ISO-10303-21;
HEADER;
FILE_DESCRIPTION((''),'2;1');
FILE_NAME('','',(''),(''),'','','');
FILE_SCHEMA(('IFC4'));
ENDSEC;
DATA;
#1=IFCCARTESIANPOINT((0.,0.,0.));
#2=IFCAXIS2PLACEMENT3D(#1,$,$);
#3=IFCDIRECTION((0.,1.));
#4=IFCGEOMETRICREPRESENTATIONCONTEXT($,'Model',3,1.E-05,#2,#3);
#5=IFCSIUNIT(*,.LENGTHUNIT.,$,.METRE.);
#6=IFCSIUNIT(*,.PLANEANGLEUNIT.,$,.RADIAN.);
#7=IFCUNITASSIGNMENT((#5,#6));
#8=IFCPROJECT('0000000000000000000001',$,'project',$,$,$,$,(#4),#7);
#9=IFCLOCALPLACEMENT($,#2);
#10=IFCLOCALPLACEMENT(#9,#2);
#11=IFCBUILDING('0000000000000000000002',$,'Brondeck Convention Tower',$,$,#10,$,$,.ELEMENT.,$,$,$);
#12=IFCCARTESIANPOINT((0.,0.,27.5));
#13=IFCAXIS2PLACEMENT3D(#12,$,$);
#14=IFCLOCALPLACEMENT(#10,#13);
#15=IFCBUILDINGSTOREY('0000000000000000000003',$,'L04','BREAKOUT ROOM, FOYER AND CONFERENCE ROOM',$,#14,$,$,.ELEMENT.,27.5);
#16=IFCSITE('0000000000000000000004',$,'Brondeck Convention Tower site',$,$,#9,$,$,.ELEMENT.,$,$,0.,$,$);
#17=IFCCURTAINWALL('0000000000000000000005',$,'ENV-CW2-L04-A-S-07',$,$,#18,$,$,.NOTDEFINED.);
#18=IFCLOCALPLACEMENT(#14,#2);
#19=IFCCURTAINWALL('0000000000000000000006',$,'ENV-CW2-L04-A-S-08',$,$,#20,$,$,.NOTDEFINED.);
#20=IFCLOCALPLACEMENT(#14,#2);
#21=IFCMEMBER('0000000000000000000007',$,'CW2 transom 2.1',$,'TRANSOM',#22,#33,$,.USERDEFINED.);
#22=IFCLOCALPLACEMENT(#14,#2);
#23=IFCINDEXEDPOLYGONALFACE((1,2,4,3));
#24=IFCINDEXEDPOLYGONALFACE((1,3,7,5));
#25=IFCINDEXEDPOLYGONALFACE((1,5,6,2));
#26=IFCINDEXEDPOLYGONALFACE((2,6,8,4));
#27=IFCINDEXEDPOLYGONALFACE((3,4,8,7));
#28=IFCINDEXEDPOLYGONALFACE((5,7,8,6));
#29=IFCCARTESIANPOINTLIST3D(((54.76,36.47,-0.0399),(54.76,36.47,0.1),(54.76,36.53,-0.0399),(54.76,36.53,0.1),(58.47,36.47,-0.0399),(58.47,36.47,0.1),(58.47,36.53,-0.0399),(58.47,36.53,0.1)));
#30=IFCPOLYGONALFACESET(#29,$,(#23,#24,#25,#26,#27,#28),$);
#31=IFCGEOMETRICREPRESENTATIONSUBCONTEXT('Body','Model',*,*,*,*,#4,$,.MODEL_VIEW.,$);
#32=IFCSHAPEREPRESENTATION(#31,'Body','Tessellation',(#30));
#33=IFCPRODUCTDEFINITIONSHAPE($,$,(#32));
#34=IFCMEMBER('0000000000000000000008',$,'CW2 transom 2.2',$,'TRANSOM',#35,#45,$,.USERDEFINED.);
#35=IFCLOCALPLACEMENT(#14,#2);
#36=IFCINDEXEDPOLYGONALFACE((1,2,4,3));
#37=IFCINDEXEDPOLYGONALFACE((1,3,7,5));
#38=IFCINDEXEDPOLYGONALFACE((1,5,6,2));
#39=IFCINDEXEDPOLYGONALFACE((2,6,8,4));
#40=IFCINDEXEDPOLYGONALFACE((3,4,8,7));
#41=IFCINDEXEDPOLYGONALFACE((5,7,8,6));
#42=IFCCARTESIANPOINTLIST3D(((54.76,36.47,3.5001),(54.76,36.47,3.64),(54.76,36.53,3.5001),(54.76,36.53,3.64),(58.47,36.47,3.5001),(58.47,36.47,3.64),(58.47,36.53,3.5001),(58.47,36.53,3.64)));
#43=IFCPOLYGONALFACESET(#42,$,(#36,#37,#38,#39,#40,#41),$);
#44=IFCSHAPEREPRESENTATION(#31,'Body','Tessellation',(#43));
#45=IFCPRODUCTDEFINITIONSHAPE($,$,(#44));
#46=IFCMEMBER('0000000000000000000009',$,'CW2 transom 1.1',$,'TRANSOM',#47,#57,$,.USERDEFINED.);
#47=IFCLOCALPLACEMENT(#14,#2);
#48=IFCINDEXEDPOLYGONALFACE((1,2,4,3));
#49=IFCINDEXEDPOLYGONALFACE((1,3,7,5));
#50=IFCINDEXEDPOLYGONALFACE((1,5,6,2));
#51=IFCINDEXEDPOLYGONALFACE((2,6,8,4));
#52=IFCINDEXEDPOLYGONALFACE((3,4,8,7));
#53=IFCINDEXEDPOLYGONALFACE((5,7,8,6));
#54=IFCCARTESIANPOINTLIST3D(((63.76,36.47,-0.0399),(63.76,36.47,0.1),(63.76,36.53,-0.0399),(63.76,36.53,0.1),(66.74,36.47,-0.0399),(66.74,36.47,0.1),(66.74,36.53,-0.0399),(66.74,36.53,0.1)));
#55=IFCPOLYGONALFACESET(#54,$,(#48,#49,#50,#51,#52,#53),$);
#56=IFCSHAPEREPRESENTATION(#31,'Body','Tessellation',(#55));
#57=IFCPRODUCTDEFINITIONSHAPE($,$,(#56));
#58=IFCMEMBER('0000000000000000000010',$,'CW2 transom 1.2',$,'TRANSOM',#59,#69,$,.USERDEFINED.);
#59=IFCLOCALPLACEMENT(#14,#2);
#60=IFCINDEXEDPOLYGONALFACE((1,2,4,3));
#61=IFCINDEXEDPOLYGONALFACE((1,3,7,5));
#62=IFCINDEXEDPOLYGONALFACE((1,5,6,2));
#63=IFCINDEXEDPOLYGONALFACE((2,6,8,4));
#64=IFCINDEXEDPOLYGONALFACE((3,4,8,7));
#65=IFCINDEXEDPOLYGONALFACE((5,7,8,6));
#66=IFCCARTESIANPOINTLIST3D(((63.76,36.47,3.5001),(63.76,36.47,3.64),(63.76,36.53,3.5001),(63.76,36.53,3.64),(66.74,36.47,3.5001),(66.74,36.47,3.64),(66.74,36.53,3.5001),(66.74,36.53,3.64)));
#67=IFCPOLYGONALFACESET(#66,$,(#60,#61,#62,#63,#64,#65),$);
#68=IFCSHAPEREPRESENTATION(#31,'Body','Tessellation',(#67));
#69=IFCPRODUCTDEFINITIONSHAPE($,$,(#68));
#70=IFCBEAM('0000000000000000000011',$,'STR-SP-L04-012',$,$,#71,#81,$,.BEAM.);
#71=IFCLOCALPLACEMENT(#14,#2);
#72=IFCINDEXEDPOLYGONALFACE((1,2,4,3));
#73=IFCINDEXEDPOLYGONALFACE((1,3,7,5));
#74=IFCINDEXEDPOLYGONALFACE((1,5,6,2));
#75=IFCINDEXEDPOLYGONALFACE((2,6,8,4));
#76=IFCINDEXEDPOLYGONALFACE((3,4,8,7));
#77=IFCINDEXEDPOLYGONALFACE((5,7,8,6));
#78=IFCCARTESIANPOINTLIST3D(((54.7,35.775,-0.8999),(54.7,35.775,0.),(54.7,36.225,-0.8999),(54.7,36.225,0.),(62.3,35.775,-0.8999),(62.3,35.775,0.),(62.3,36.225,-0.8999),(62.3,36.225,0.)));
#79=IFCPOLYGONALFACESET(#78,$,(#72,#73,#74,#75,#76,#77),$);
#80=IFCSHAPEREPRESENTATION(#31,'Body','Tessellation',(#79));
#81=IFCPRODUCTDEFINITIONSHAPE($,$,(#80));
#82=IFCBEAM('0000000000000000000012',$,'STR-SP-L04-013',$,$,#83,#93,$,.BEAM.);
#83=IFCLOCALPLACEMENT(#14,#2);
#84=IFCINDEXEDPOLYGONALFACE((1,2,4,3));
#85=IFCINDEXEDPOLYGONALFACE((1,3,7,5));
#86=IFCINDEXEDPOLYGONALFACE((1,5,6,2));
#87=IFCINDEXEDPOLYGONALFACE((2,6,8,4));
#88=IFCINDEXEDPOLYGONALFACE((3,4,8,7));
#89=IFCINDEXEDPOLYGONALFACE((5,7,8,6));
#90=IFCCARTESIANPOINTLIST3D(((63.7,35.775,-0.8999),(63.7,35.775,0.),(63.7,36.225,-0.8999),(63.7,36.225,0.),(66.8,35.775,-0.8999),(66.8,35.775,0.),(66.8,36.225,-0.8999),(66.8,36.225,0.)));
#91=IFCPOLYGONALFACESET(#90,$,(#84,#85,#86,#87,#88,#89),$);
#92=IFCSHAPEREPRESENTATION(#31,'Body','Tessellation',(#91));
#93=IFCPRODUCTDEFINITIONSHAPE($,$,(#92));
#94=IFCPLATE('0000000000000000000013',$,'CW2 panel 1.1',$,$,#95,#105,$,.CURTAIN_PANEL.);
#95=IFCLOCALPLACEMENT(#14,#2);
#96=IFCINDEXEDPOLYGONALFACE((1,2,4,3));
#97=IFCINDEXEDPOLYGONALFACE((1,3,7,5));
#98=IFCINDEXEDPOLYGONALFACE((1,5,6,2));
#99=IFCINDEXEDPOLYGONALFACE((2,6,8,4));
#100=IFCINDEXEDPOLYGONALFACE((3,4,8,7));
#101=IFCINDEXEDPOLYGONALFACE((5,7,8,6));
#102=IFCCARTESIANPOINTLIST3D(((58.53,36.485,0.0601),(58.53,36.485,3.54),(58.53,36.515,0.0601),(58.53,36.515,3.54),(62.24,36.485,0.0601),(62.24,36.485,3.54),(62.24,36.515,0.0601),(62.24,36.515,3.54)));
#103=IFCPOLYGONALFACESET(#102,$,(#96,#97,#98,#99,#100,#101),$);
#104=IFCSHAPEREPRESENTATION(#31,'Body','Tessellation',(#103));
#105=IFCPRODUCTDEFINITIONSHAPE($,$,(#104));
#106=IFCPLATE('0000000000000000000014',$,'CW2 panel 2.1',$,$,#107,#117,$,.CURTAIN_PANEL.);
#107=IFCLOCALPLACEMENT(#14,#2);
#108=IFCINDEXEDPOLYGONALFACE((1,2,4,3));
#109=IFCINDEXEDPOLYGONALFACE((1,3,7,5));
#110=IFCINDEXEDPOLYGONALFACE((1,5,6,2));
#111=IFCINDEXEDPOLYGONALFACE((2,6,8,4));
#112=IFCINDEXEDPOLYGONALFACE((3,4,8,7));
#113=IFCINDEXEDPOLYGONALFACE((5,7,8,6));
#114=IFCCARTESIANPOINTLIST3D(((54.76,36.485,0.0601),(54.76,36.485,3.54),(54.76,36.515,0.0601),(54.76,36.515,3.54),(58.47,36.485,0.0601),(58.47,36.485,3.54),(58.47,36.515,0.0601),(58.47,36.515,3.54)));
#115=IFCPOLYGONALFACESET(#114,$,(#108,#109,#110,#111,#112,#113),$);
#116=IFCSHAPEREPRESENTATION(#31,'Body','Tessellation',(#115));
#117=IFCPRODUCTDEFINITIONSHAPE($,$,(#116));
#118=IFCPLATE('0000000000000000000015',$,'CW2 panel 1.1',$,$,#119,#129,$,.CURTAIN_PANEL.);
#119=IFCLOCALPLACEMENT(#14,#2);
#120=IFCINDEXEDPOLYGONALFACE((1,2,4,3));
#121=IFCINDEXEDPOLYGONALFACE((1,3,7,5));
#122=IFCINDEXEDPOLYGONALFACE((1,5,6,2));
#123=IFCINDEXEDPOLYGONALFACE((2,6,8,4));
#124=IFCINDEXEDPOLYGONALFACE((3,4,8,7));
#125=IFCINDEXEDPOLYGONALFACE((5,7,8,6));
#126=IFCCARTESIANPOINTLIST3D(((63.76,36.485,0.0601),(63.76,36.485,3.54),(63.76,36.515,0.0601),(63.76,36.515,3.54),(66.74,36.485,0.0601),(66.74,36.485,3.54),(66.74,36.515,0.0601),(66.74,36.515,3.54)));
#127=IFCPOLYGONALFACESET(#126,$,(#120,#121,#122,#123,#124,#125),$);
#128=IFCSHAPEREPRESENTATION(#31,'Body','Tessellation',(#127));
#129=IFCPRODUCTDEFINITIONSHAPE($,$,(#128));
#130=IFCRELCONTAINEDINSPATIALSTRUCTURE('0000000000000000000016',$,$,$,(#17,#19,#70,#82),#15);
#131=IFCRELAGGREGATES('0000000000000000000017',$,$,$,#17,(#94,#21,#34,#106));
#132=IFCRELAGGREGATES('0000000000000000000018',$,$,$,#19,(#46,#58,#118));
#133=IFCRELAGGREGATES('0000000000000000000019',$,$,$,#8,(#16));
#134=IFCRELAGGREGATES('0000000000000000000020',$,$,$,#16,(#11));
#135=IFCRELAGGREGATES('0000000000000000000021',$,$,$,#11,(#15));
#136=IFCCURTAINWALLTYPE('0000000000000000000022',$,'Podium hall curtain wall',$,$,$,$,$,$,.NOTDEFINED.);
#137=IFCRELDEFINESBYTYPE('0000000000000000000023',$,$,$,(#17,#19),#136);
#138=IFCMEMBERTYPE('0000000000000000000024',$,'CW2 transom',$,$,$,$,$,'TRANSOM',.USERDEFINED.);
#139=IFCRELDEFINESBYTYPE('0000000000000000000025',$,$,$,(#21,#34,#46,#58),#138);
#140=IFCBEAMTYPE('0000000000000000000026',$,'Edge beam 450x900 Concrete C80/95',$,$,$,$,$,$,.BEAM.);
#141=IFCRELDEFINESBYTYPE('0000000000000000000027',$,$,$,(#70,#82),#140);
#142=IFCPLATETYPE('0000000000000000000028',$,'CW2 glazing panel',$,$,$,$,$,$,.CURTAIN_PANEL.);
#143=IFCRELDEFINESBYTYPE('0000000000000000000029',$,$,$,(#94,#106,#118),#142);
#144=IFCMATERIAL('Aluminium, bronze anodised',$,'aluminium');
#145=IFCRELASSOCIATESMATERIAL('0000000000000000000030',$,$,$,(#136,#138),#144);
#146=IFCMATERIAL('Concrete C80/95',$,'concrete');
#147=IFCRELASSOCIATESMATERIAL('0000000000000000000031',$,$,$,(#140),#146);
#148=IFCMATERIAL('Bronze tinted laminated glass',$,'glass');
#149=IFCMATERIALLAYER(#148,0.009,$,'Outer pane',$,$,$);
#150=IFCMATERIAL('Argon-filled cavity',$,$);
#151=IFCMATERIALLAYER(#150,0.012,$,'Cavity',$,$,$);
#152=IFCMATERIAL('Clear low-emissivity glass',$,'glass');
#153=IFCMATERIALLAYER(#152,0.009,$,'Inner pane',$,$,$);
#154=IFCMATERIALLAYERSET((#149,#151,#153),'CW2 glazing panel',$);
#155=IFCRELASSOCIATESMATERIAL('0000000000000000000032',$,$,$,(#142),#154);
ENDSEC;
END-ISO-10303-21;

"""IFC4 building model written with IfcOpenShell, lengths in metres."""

from ifc_helpers import new_model, si_unit, direction, frame, origin, origin_2d, place, context, subcontext, project, spatial, rectangle, extrude, material, layer, layer_set, material_profile, profile_set, type_object, element, aggregate, save


model = new_model("IFC4")

# Units and contexts
model_context = context("Model", 3, precision=1e-05, world=origin(), true_north=direction((0.0, 1.0)))
body_context = subcontext(model_context, "Body", "Model", "MODEL_VIEW")
ifc_project = project(units=[si_unit("LENGTHUNIT", "METRE"), si_unit("PLANEANGLEUNIT", "RADIAN")], contexts=[model_context])

# Site, building, storey
site_placement = place(None, origin())
site = spatial("IfcSite", under=ifc_project, at=site_placement, Name="Brondeck Convention Tower site", CompositionType="ELEMENT", RefElevation=0.0)
building_placement = place(site_placement, origin())
building = spatial("IfcBuilding", under=site, at=building_placement, Name="Brondeck Convention Tower", CompositionType="ELEMENT")
storey_placement = place(building_placement, frame((0.0, 0.0, 27.5)))
storey = spatial("IfcBuildingStorey", under=building, at=storey_placement, Name="L04", Description="BREAKOUT ROOM, FOYER AND CONFERENCE ROOM", CompositionType="ELEMENT", Elevation=27.5)

# Shared definitions
ifc_material_1 = material(Name="Concrete C80/95", Category="concrete")

# Shared definitions
ifc_material_2 = material(Name="Aluminium, bronze anodised", Category="aluminium")
curtain_wall_type = type_object("IfcCurtainWallType", Name="Podium hall curtain wall", PredefinedType="NOTDEFINED", material=ifc_material_2)

# Curtain walls
curtain_wall_1_placement = place(storey_placement, origin())
curtain_wall_1 = element("IfcCurtainWall", 1, at=curtain_wall_1_placement, inside=storey, type_object=curtain_wall_type, Name="ENV-CW2-L04-A-S-07", PredefinedType="NOTDEFINED")
curtain_wall_2_placement = place(storey_placement, origin())
curtain_wall_2 = element("IfcCurtainWall", 2, at=curtain_wall_2_placement, inside=storey, type_object=curtain_wall_type, Name="ENV-CW2-L04-A-S-08", PredefinedType="NOTDEFINED")

# Members
ifc_material_profile_1 = material_profile(ifc_material_2, rectangle(XDim=0.0601, YDim=0.1399, at=origin_2d()), Name="CW2 transom")
ifc_profile_set_1 = profile_set([ifc_material_profile_1], Name="Aluminium, bronze anodised")
member_type_1 = type_object("IfcMemberType", Name="CW2 transom", ElementType="TRANSOM", PredefinedType="USERDEFINED", material=ifc_profile_set_1)
member_1_placement = place(storey_placement, frame((58.47, 36.5, 0.03), z_axis=(-1.0, 0.0, 0.0), x_axis=(0.0, -1.0, 0.0)))
member_1 = element("IfcMember", 3, at=member_1_placement, type_object=member_type_1, Name="CW2 transom 2.1", ObjectType="TRANSOM", PredefinedType="USERDEFINED", context=body_context, shape_type="SweptSolid", body=[
    extrude(rectangle(XDim=0.0601, YDim=0.1399, at=origin_2d()), origin(), (0.0, 0.0, 1.0), 3.71),
])
member_2_placement = place(storey_placement, frame((58.47, 36.5, 3.5701), z_axis=(-1.0, 0.0, 0.0), x_axis=(0.0, -1.0, 0.0)))
member_2 = element("IfcMember", 4, at=member_2_placement, type_object=member_type_1, Name="CW2 transom 2.2", ObjectType="TRANSOM", PredefinedType="USERDEFINED", context=body_context, shape_type="SweptSolid", body=[
    extrude(rectangle(XDim=0.0601, YDim=0.1399, at=origin_2d()), origin(), (0.0, 0.0, 1.0), 3.71),
])
member_3_placement = place(storey_placement, frame((66.74, 36.5, 0.03), z_axis=(-1.0, 0.0, 0.0), x_axis=(0.0, -1.0, 0.0)))
member_3 = element("IfcMember", 5, at=member_3_placement, type_object=member_type_1, Name="CW2 transom 1.1", ObjectType="TRANSOM", PredefinedType="USERDEFINED", context=body_context, shape_type="SweptSolid", body=[
    extrude(rectangle(XDim=0.0601, YDim=0.1399, at=origin_2d()), origin(), (0.0, 0.0, 1.0), 2.98),
])
member_4_placement = place(storey_placement, frame((66.74, 36.5, 3.5701), z_axis=(-1.0, 0.0, 0.0), x_axis=(0.0, -1.0, 0.0)))
member_4 = element("IfcMember", 6, at=member_4_placement, type_object=member_type_1, Name="CW2 transom 1.2", ObjectType="TRANSOM", PredefinedType="USERDEFINED", context=body_context, shape_type="SweptSolid", body=[
    extrude(rectangle(XDim=0.0601, YDim=0.1399, at=origin_2d()), origin(), (0.0, 0.0, 1.0), 2.98),
])

# Beams
ifc_material_profile_2 = material_profile(ifc_material_1, rectangle(XDim=0.45, YDim=0.8999, at=origin_2d()), Name="Edge beam 450x900 Concrete C80/95")
ifc_profile_set_2 = profile_set([ifc_material_profile_2], Name="Concrete C80/95")
beam_type = type_object("IfcBeamType", Name="Edge beam 450x900 Concrete C80/95", PredefinedType="BEAM", material=ifc_profile_set_2)
beam_1_placement = place(storey_placement, frame((54.7, 36.0, -0.45), z_axis=(1.0, 0.0, 0.0), x_axis=(0.0, 1.0, 0.0)))
element("IfcBeam", 7, at=beam_1_placement, inside=storey, type_object=beam_type, Name="STR-SP-L04-012", PredefinedType="BEAM", context=body_context, shape_type="SweptSolid", body=[
    extrude(rectangle(XDim=0.45, YDim=0.8999, at=origin_2d()), origin(), (0.0, 0.0, 1.0), 7.6001),
])
beam_2_placement = place(storey_placement, frame((63.7, 36.0, -0.45), z_axis=(1.0, 0.0, 0.0), x_axis=(0.0, 1.0, 0.0)))
element("IfcBeam", 8, at=beam_2_placement, inside=storey, type_object=beam_type, Name="STR-SP-L04-013", PredefinedType="BEAM", context=body_context, shape_type="SweptSolid", body=[
    extrude(rectangle(XDim=0.45, YDim=0.8999, at=origin_2d()), origin(), (0.0, 0.0, 1.0), 3.1001),
])

# Plates
ifc_material_3 = material(Name="Bronze tinted laminated glass", Category="glass")
ifc_layer_1 = layer(ifc_material_3, 0.009, Name="Outer pane")
ifc_material_4 = material(Name="Argon-filled cavity")
ifc_layer_2 = layer(ifc_material_4, 0.012, Name="Cavity")
ifc_material_5 = material(Name="Clear low-emissivity glass", Category="glass")
ifc_layer_3 = layer(ifc_material_5, 0.009, Name="Inner pane")
ifc_layer_set = layer_set([ifc_layer_1, ifc_layer_2, ifc_layer_3], Name="CW2 glazing panel")
plate_type = type_object("IfcPlateType", Name="CW2 glazing panel", PredefinedType="CURTAIN_PANEL", material=ifc_layer_set)
plate_1_placement = place(storey_placement, frame((60.385, 36.5, 0.0601), z_axis=(0.0, 0.0, 1.0), x_axis=(-1.0, 0.0, 0.0)))
plate_1 = element("IfcPlate", 9, at=plate_1_placement, type_object=plate_type, Name="CW2 panel 1.1", PredefinedType="CURTAIN_PANEL", context=body_context, shape_type="SweptSolid", body=[
    extrude(rectangle(XDim=3.71, YDim=0.03, at=origin_2d()), origin(), (0.0, 0.0, 1.0), 3.48),
])
plate_2_placement = place(storey_placement, frame((56.615, 36.5, 0.0601), z_axis=(0.0, 0.0, 1.0), x_axis=(-1.0, 0.0, 0.0)))
plate_2 = element("IfcPlate", 10, at=plate_2_placement, type_object=plate_type, Name="CW2 panel 2.1", PredefinedType="CURTAIN_PANEL", context=body_context, shape_type="SweptSolid", body=[
    extrude(rectangle(XDim=3.71, YDim=0.03, at=origin_2d()), origin(), (0.0, 0.0, 1.0), 3.48),
])
aggregate(curtain_wall_1, [plate_1, member_1, member_2, plate_2])
plate_3_placement = place(storey_placement, frame((65.25, 36.5, 0.0601), z_axis=(0.0, 0.0, 1.0), x_axis=(-1.0, 0.0, 0.0)))
plate_3 = element("IfcPlate", 11, at=plate_3_placement, type_object=plate_type, Name="CW2 panel 1.1", PredefinedType="CURTAIN_PANEL", context=body_context, shape_type="SweptSolid", body=[
    extrude(rectangle(XDim=2.98, YDim=0.03, at=origin_2d()), origin(), (0.0, 0.0, 1.0), 3.48),
])
aggregate(curtain_wall_2, [member_3, member_4, plate_3])

save(model, "model.ifc")
